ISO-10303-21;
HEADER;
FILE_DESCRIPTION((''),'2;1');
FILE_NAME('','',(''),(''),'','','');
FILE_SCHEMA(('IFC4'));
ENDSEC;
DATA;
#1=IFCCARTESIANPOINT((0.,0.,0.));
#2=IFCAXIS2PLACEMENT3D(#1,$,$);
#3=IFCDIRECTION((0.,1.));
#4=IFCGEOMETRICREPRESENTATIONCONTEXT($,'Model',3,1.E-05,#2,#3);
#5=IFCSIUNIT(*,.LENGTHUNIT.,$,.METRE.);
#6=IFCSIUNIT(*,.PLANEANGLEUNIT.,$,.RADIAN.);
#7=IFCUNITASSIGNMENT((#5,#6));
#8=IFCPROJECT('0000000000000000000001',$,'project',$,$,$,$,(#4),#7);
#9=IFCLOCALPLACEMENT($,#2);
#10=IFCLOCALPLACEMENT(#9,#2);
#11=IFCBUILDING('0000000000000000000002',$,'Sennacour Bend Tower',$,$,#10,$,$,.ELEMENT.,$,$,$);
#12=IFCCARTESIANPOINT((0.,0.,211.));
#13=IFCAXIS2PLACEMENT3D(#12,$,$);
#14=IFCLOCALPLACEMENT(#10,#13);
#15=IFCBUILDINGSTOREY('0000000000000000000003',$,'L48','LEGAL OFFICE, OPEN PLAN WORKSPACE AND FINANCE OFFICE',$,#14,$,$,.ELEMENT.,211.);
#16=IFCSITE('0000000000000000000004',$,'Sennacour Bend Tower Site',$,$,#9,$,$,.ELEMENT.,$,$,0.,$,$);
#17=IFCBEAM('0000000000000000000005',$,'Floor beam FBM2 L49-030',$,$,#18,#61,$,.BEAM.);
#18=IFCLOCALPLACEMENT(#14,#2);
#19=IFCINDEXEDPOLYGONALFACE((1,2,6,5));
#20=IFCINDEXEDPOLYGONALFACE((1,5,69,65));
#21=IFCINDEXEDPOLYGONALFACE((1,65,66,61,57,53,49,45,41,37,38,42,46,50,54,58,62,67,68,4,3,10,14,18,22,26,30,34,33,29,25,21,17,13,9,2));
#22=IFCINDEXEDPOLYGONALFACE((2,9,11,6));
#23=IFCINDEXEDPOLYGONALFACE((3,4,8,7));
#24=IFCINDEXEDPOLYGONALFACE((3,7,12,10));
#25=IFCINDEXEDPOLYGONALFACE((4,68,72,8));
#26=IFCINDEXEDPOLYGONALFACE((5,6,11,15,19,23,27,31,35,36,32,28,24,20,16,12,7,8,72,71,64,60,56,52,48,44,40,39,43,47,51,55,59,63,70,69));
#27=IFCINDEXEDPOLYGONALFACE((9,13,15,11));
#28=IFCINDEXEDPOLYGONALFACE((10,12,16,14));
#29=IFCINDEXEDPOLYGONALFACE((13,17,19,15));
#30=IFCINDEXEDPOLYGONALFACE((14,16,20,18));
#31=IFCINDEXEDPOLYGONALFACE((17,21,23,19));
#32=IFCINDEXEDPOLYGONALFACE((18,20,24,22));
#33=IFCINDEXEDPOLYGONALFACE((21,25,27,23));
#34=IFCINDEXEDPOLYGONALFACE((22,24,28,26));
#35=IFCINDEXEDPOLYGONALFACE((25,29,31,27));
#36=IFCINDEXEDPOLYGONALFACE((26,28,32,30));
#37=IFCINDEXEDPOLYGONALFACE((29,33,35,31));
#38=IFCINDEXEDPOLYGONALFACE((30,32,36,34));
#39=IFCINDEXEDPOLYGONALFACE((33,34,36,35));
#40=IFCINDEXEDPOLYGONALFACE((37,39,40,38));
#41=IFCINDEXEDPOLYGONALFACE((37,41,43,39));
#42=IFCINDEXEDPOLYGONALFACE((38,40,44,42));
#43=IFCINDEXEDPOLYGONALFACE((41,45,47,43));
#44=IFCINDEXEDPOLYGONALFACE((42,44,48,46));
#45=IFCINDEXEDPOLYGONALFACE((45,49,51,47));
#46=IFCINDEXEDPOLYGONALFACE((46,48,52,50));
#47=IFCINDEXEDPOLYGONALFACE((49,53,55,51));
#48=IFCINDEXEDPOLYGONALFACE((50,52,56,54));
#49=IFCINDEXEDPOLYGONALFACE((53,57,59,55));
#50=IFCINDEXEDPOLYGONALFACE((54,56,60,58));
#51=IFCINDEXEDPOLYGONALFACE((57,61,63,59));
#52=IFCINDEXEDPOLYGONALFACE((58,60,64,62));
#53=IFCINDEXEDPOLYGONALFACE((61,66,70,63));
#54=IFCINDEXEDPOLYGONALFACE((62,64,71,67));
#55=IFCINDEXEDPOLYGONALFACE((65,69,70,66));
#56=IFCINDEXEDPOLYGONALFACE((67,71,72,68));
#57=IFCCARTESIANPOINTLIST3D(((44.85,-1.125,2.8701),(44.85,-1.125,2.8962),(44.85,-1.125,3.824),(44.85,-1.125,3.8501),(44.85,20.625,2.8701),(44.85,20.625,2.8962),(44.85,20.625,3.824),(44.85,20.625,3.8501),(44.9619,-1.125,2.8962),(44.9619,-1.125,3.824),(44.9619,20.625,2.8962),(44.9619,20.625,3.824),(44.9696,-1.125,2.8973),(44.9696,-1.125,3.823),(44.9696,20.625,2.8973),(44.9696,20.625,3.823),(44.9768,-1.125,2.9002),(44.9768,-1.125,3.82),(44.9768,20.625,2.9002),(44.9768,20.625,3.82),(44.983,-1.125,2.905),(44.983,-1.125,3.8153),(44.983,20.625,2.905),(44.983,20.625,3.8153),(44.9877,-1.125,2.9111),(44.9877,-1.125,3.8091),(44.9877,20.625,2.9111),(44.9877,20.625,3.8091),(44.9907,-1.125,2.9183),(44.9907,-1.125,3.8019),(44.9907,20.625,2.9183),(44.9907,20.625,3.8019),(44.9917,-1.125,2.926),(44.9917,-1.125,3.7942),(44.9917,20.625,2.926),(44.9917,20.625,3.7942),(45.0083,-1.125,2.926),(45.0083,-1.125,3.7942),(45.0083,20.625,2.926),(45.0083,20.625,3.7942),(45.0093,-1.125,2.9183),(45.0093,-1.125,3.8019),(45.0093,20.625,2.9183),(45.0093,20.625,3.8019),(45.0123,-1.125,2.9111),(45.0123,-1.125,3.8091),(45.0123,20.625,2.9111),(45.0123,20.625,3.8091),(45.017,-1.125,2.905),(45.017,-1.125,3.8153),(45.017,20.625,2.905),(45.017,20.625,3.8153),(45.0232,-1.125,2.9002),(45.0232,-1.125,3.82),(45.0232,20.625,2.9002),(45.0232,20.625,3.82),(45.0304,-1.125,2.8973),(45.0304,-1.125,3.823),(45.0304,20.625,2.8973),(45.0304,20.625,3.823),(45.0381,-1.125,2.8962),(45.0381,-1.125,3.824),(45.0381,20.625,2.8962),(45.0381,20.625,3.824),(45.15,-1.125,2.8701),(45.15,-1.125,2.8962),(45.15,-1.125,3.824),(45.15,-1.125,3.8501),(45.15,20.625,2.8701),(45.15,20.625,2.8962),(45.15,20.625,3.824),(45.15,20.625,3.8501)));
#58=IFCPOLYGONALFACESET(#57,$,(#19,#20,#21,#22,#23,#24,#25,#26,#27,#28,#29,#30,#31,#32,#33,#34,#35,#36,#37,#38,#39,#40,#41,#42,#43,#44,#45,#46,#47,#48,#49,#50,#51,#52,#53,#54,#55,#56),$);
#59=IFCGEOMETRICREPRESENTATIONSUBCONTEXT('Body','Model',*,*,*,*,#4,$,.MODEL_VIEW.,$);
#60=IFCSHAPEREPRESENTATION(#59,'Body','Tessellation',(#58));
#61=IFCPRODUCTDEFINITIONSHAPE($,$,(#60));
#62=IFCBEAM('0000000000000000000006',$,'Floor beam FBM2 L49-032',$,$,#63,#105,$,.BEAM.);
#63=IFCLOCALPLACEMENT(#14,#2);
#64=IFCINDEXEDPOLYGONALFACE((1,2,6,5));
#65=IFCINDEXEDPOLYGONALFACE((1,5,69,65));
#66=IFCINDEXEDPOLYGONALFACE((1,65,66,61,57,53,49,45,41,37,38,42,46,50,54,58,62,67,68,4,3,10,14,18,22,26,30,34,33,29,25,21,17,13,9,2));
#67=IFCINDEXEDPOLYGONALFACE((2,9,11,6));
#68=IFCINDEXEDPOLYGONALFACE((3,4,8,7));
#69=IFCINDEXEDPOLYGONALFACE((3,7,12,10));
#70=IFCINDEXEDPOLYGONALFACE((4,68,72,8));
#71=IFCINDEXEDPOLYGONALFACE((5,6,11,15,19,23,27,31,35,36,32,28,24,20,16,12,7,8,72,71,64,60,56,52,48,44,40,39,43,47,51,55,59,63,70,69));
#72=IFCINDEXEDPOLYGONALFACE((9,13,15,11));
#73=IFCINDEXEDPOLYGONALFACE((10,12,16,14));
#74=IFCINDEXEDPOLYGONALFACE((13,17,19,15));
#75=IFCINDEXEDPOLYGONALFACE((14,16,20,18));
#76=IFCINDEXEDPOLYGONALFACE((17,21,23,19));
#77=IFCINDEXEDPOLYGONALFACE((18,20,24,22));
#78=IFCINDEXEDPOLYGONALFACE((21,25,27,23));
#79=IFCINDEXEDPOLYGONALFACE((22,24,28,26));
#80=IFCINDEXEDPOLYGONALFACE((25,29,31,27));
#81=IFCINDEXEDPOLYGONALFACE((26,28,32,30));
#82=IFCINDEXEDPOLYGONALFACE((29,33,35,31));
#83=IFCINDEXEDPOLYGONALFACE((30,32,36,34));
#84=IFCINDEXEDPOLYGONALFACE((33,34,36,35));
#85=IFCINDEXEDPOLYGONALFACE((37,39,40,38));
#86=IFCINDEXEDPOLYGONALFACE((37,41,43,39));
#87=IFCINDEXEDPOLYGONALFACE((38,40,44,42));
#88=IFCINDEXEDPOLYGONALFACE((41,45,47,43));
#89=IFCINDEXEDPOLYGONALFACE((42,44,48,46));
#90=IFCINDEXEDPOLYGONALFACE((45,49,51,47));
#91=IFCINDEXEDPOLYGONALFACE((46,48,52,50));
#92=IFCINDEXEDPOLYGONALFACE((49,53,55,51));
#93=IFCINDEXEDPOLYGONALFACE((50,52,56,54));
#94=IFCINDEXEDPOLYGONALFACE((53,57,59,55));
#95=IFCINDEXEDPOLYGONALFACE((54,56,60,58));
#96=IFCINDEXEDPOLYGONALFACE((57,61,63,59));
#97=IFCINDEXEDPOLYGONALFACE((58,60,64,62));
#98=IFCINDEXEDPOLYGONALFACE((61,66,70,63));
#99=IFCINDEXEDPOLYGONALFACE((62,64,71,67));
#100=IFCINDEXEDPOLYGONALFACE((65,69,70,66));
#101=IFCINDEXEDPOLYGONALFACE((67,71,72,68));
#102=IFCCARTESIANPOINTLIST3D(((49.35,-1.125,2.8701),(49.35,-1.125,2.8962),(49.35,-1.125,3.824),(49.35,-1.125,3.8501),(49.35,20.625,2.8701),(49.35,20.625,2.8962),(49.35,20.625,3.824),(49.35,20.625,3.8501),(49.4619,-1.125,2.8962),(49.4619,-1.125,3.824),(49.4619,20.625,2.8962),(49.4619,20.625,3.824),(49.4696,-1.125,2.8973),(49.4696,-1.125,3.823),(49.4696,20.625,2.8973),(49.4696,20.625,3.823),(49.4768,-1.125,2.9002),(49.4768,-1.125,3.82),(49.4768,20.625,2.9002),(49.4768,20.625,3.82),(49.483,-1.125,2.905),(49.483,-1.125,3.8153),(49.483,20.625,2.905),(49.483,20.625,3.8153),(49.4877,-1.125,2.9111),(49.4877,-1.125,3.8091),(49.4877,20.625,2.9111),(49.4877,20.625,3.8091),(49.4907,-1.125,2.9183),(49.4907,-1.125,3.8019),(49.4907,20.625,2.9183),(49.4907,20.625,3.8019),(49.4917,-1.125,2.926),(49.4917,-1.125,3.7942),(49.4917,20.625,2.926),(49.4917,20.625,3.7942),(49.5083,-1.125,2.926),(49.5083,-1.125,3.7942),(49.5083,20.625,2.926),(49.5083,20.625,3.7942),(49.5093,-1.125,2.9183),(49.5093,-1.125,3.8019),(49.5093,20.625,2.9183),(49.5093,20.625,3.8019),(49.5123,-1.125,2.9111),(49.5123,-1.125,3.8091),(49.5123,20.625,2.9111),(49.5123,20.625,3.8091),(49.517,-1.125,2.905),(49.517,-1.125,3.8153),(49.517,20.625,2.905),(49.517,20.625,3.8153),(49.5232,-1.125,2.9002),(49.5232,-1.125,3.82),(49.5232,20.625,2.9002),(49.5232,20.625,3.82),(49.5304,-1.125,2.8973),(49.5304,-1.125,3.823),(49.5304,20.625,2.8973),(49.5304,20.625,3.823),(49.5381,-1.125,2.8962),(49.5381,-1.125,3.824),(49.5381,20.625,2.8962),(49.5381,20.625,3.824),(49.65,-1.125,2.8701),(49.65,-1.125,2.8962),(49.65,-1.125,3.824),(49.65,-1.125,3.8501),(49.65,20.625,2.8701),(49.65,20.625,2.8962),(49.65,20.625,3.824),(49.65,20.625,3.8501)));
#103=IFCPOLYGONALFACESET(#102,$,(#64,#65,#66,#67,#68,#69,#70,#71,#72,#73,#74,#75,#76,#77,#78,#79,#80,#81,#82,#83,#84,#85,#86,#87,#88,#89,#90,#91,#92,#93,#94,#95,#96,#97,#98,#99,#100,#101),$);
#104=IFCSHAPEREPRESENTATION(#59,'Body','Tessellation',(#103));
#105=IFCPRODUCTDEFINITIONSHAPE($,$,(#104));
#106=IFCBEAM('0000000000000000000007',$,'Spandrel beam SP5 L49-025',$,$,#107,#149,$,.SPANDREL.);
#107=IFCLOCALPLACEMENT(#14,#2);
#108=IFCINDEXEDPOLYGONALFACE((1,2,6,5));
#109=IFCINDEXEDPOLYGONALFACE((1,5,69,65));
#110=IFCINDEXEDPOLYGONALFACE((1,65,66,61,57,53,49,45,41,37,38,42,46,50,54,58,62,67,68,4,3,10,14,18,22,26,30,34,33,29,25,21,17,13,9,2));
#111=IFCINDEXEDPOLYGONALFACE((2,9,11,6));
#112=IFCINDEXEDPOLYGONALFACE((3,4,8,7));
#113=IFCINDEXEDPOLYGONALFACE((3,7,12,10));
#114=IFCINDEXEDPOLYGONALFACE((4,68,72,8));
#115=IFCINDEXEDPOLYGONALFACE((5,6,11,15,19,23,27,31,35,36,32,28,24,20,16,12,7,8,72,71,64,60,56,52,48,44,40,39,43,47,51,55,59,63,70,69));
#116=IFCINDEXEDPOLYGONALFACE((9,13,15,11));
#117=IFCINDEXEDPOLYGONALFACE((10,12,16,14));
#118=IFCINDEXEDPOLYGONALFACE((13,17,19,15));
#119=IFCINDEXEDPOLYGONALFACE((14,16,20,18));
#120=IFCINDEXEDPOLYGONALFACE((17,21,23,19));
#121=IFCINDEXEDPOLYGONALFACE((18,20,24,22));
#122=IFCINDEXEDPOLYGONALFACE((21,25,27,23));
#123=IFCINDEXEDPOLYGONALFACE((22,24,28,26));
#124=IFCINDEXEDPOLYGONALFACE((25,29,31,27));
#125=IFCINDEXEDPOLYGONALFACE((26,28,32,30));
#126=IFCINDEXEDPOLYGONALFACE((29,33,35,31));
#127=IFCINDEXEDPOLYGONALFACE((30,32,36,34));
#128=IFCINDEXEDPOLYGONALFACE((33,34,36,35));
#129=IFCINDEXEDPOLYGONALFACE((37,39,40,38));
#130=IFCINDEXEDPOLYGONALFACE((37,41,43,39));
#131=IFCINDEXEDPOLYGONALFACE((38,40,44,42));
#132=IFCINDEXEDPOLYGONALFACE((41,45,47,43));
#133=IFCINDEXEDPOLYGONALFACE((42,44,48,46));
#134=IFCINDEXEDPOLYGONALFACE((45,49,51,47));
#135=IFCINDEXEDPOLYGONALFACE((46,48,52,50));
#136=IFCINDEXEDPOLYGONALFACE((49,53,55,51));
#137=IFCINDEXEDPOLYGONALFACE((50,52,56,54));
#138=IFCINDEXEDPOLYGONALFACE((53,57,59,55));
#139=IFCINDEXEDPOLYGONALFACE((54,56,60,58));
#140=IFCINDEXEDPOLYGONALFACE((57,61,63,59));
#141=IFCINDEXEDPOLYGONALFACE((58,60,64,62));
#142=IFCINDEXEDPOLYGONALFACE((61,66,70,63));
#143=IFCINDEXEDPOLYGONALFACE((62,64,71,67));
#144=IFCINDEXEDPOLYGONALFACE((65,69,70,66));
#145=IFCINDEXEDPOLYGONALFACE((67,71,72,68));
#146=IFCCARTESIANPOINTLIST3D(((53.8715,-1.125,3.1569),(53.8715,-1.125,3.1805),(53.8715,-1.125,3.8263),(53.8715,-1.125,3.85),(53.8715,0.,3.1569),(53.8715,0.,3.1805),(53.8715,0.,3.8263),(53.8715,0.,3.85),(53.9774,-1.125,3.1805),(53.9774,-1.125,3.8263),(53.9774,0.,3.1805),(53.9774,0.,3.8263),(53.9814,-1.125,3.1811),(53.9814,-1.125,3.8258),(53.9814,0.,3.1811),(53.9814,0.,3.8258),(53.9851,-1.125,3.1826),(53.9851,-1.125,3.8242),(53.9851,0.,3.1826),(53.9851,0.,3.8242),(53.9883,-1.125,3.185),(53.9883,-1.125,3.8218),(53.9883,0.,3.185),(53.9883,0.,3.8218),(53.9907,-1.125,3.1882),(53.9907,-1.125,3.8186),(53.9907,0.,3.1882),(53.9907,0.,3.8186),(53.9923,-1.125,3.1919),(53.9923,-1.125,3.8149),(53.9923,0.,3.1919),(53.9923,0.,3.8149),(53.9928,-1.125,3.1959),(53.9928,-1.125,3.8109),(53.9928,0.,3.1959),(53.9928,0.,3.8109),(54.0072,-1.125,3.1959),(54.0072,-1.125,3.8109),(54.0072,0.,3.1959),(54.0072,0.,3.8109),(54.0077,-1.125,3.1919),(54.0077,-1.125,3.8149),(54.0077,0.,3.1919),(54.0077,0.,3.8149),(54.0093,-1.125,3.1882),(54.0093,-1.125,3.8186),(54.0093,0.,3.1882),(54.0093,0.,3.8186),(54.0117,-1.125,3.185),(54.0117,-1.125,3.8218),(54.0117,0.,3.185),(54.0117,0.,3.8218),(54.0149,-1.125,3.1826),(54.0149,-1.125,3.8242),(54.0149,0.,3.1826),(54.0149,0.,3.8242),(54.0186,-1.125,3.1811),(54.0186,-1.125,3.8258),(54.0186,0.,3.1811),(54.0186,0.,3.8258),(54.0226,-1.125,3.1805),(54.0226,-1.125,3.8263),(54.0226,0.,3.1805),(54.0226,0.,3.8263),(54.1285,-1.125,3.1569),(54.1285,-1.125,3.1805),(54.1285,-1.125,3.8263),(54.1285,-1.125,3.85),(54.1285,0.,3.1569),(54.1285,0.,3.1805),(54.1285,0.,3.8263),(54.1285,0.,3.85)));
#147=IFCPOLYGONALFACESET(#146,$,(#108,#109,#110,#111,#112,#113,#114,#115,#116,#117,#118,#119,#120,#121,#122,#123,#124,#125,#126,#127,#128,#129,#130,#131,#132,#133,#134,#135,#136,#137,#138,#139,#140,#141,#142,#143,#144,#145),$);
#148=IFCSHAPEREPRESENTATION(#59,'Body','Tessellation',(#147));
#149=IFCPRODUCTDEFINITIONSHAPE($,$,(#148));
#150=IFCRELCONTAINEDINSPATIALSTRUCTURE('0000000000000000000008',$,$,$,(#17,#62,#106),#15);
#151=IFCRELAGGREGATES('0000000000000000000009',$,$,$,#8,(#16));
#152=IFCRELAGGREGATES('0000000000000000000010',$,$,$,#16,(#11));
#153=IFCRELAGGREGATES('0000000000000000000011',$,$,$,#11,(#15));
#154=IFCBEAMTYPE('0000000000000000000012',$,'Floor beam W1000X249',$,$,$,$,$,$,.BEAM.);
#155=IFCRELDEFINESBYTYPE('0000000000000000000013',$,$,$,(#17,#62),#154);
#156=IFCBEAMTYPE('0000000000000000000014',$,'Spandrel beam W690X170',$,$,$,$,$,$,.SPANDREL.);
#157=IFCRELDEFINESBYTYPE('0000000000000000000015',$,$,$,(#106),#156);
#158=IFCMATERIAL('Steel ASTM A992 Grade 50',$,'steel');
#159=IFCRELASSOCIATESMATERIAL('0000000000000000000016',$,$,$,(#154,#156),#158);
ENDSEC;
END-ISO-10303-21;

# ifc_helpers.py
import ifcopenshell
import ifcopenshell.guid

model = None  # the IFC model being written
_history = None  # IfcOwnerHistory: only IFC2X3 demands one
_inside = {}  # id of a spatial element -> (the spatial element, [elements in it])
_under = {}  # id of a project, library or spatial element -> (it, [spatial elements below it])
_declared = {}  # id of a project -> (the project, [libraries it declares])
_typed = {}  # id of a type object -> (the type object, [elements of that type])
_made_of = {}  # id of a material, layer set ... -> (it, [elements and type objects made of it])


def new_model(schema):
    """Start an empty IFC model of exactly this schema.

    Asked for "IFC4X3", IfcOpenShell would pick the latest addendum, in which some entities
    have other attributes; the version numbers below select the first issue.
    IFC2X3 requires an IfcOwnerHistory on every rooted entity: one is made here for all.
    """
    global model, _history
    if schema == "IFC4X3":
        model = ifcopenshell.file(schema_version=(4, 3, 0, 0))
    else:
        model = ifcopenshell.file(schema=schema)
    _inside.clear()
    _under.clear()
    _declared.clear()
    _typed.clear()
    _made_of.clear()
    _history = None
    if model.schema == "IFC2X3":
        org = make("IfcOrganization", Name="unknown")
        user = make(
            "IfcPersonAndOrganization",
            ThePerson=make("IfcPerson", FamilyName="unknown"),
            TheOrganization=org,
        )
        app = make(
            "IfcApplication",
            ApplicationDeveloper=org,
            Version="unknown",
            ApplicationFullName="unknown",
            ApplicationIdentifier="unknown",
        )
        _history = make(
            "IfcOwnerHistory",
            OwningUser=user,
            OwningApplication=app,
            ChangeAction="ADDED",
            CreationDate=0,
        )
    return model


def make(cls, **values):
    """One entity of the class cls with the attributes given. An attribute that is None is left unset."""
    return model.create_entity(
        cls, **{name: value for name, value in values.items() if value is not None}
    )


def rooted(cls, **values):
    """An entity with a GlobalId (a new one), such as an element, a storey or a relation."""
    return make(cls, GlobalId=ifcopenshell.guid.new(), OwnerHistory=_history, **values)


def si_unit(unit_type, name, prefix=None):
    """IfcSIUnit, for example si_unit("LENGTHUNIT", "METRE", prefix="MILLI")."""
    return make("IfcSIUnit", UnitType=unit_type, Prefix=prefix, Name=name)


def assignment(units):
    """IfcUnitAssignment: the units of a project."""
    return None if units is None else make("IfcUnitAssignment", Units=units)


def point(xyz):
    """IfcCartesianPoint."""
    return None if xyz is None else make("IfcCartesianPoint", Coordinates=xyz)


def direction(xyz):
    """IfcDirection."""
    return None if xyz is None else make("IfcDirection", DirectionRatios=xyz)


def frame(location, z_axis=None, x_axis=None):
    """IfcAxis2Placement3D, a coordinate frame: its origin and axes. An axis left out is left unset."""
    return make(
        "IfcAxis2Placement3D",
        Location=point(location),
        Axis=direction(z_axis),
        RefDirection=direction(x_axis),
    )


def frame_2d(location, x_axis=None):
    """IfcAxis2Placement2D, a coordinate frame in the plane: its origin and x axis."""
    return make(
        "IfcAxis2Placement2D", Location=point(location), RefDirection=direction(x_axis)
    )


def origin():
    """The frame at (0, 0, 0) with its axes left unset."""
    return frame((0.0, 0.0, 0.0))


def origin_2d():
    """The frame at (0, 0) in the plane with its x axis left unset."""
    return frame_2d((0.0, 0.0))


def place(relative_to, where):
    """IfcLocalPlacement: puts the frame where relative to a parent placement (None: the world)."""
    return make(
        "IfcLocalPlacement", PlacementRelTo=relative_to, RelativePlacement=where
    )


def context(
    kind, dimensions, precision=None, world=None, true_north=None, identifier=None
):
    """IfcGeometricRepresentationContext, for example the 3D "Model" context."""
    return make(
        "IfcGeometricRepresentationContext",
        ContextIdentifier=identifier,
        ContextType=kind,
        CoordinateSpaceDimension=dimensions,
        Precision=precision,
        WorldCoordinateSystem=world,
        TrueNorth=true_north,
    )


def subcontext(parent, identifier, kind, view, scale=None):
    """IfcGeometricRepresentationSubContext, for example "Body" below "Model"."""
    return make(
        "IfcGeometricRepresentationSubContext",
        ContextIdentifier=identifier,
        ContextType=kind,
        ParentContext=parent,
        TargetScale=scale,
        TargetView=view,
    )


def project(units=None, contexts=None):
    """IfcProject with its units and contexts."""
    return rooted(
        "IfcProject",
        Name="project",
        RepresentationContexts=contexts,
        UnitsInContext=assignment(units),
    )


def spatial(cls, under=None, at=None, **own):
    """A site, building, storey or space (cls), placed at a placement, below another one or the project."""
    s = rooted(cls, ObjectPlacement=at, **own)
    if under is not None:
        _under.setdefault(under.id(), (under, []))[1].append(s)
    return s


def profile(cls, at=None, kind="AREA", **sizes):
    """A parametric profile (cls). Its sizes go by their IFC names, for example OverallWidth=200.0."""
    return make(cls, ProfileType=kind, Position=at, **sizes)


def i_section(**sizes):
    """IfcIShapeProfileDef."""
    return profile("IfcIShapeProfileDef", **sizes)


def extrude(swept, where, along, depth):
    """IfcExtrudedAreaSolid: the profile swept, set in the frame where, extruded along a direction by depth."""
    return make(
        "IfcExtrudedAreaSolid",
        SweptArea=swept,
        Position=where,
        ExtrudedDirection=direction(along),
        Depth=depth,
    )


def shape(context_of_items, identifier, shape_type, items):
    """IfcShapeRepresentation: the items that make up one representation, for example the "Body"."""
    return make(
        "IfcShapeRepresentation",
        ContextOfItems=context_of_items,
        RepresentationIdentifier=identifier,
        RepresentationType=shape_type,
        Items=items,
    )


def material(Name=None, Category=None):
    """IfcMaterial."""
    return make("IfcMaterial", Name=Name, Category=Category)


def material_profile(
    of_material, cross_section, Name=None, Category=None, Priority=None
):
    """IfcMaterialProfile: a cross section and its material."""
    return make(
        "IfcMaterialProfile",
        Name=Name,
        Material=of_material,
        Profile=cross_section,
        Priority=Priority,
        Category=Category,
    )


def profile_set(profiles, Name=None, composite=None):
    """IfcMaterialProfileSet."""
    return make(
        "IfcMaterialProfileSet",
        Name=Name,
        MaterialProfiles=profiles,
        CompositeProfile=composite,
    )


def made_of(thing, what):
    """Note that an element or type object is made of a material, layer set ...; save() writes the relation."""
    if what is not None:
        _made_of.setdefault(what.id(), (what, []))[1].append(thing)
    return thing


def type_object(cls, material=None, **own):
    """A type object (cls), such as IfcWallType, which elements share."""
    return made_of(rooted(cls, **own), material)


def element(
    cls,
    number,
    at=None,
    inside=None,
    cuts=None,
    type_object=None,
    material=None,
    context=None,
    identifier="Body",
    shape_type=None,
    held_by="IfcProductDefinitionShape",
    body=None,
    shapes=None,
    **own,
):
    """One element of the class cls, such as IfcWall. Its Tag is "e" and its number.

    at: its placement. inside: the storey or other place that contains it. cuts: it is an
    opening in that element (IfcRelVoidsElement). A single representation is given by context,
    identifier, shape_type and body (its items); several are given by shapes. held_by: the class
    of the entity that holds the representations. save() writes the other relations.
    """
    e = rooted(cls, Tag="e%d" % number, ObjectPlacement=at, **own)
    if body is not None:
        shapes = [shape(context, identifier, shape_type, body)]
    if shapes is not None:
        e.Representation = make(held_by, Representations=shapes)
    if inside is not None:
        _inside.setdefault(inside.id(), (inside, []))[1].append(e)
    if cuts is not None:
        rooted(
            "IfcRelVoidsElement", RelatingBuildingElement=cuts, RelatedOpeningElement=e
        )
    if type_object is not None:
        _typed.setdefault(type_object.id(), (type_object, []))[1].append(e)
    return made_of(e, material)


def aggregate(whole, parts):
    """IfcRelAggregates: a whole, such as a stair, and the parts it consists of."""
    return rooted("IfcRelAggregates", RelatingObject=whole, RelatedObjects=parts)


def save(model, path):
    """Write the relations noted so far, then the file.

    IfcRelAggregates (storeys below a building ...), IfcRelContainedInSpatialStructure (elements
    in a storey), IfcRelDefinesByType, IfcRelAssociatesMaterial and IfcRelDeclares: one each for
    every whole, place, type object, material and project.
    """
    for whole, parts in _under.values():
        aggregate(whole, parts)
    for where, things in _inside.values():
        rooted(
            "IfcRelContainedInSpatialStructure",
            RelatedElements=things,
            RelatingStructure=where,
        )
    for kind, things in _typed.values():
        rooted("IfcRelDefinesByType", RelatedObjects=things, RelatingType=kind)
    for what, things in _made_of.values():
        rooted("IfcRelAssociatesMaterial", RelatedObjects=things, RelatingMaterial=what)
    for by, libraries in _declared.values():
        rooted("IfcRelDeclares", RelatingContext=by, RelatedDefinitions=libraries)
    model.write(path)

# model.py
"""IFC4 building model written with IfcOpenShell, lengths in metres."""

from ifc_helpers import new_model, si_unit, direction, frame, origin, origin_2d, place, context, subcontext, project, spatial, i_section, extrude, material, material_profile, profile_set, type_object, element, save


model = new_model("IFC4")

# Units and contexts
model_context = context("Model", 3, precision=1e-05, world=origin(), true_north=direction((0.0, 1.0)))
body_context = subcontext(model_context, "Body", "Model", "MODEL_VIEW")
ifc_project = project(units=[si_unit("LENGTHUNIT", "METRE"), si_unit("PLANEANGLEUNIT", "RADIAN")], contexts=[model_context])

# Site, building, storey
site_placement = place(None, origin())
site = spatial("IfcSite", under=ifc_project, at=site_placement, Name="Sennacour Bend Tower Site", CompositionType="ELEMENT", RefElevation=0.0)
building_placement = place(site_placement, origin())
building = spatial("IfcBuilding", under=site, at=building_placement, Name="Sennacour Bend Tower", CompositionType="ELEMENT")
storey_placement = place(building_placement, frame((0.0, 0.0, 211.0)))
storey = spatial("IfcBuildingStorey", under=building, at=storey_placement, Name="L48", Description="LEGAL OFFICE, OPEN PLAN WORKSPACE AND FINANCE OFFICE", CompositionType="ELEMENT", Elevation=211.0)

# Beams
ifc_material_1 = material(Name="Steel ASTM A992 Grade 50", Category="steel")
ifc_material_profile_1 = material_profile(ifc_material_1, i_section(OverallWidth=0.3, OverallDepth=0.98, WebThickness=0.0166, FlangeThickness=0.0261, FilletRadius=0.0298, at=origin_2d()), Name="Steel ASTM A992 Grade 50", Category="steel")
ifc_profile_set_1 = profile_set([ifc_material_profile_1], Name="Steel ASTM A992 Grade 50")
beam_type_1 = type_object("IfcBeamType", Name="Floor beam W1000X249", PredefinedType="BEAM", material=ifc_profile_set_1)
for number, where, z_axis, x_axis, name in (
    (1, (45.0, -1.125, 3.3601), (0.0, 1.0, 0.0), (-1.0, 0.0, 0.0), "Floor beam FBM2 L49-030"),
    (2, (49.5, -1.125, 3.3601), (0.0, 1.0, 0.0), (-1.0, 0.0, 0.0), "Floor beam FBM2 L49-032"),
):
    element("IfcBeam", number, at=place(storey_placement, frame(where, z_axis=z_axis, x_axis=x_axis)), inside=storey, type_object=beam_type_1, Name=name, PredefinedType="BEAM", context=body_context, shape_type="SweptSolid", body=[
        extrude(i_section(OverallWidth=0.3, OverallDepth=0.98, WebThickness=0.0166, FlangeThickness=0.0261, FilletRadius=0.0298, at=origin_2d()), origin(), (0.0, 0.0, 1.0), 21.75),
    ])
ifc_material_profile_2 = material_profile(ifc_material_1, i_section(OverallWidth=0.2571, OverallDepth=0.6931, WebThickness=0.0144, FlangeThickness=0.0237, FilletRadius=0.0154, at=origin_2d()), Name="Steel ASTM A992 Grade 50", Category="steel")
ifc_profile_set_2 = profile_set([ifc_material_profile_2], Name="Steel ASTM A992 Grade 50")
beam_type_2 = type_object("IfcBeamType", Name="Spandrel beam W690X170", PredefinedType="SPANDREL", material=ifc_profile_set_2)
beam_placement = place(storey_placement, frame((54.0, 0.0, 3.5034), z_axis=(0.0, -1.0, 0.0), x_axis=(1.0, 0.0, 0.0)))
element("IfcBeam", 3, at=beam_placement, inside=storey, type_object=beam_type_2, Name="Spandrel beam SP5 L49-025", PredefinedType="SPANDREL", context=body_context, shape_type="SweptSolid", body=[
    extrude(i_section(OverallWidth=0.2571, OverallDepth=0.6931, WebThickness=0.0144, FlangeThickness=0.0237, FilletRadius=0.0154, at=origin_2d()), origin(), (0.0, 0.0, 1.0), 1.125),
])

save(model, "model.ifc")
